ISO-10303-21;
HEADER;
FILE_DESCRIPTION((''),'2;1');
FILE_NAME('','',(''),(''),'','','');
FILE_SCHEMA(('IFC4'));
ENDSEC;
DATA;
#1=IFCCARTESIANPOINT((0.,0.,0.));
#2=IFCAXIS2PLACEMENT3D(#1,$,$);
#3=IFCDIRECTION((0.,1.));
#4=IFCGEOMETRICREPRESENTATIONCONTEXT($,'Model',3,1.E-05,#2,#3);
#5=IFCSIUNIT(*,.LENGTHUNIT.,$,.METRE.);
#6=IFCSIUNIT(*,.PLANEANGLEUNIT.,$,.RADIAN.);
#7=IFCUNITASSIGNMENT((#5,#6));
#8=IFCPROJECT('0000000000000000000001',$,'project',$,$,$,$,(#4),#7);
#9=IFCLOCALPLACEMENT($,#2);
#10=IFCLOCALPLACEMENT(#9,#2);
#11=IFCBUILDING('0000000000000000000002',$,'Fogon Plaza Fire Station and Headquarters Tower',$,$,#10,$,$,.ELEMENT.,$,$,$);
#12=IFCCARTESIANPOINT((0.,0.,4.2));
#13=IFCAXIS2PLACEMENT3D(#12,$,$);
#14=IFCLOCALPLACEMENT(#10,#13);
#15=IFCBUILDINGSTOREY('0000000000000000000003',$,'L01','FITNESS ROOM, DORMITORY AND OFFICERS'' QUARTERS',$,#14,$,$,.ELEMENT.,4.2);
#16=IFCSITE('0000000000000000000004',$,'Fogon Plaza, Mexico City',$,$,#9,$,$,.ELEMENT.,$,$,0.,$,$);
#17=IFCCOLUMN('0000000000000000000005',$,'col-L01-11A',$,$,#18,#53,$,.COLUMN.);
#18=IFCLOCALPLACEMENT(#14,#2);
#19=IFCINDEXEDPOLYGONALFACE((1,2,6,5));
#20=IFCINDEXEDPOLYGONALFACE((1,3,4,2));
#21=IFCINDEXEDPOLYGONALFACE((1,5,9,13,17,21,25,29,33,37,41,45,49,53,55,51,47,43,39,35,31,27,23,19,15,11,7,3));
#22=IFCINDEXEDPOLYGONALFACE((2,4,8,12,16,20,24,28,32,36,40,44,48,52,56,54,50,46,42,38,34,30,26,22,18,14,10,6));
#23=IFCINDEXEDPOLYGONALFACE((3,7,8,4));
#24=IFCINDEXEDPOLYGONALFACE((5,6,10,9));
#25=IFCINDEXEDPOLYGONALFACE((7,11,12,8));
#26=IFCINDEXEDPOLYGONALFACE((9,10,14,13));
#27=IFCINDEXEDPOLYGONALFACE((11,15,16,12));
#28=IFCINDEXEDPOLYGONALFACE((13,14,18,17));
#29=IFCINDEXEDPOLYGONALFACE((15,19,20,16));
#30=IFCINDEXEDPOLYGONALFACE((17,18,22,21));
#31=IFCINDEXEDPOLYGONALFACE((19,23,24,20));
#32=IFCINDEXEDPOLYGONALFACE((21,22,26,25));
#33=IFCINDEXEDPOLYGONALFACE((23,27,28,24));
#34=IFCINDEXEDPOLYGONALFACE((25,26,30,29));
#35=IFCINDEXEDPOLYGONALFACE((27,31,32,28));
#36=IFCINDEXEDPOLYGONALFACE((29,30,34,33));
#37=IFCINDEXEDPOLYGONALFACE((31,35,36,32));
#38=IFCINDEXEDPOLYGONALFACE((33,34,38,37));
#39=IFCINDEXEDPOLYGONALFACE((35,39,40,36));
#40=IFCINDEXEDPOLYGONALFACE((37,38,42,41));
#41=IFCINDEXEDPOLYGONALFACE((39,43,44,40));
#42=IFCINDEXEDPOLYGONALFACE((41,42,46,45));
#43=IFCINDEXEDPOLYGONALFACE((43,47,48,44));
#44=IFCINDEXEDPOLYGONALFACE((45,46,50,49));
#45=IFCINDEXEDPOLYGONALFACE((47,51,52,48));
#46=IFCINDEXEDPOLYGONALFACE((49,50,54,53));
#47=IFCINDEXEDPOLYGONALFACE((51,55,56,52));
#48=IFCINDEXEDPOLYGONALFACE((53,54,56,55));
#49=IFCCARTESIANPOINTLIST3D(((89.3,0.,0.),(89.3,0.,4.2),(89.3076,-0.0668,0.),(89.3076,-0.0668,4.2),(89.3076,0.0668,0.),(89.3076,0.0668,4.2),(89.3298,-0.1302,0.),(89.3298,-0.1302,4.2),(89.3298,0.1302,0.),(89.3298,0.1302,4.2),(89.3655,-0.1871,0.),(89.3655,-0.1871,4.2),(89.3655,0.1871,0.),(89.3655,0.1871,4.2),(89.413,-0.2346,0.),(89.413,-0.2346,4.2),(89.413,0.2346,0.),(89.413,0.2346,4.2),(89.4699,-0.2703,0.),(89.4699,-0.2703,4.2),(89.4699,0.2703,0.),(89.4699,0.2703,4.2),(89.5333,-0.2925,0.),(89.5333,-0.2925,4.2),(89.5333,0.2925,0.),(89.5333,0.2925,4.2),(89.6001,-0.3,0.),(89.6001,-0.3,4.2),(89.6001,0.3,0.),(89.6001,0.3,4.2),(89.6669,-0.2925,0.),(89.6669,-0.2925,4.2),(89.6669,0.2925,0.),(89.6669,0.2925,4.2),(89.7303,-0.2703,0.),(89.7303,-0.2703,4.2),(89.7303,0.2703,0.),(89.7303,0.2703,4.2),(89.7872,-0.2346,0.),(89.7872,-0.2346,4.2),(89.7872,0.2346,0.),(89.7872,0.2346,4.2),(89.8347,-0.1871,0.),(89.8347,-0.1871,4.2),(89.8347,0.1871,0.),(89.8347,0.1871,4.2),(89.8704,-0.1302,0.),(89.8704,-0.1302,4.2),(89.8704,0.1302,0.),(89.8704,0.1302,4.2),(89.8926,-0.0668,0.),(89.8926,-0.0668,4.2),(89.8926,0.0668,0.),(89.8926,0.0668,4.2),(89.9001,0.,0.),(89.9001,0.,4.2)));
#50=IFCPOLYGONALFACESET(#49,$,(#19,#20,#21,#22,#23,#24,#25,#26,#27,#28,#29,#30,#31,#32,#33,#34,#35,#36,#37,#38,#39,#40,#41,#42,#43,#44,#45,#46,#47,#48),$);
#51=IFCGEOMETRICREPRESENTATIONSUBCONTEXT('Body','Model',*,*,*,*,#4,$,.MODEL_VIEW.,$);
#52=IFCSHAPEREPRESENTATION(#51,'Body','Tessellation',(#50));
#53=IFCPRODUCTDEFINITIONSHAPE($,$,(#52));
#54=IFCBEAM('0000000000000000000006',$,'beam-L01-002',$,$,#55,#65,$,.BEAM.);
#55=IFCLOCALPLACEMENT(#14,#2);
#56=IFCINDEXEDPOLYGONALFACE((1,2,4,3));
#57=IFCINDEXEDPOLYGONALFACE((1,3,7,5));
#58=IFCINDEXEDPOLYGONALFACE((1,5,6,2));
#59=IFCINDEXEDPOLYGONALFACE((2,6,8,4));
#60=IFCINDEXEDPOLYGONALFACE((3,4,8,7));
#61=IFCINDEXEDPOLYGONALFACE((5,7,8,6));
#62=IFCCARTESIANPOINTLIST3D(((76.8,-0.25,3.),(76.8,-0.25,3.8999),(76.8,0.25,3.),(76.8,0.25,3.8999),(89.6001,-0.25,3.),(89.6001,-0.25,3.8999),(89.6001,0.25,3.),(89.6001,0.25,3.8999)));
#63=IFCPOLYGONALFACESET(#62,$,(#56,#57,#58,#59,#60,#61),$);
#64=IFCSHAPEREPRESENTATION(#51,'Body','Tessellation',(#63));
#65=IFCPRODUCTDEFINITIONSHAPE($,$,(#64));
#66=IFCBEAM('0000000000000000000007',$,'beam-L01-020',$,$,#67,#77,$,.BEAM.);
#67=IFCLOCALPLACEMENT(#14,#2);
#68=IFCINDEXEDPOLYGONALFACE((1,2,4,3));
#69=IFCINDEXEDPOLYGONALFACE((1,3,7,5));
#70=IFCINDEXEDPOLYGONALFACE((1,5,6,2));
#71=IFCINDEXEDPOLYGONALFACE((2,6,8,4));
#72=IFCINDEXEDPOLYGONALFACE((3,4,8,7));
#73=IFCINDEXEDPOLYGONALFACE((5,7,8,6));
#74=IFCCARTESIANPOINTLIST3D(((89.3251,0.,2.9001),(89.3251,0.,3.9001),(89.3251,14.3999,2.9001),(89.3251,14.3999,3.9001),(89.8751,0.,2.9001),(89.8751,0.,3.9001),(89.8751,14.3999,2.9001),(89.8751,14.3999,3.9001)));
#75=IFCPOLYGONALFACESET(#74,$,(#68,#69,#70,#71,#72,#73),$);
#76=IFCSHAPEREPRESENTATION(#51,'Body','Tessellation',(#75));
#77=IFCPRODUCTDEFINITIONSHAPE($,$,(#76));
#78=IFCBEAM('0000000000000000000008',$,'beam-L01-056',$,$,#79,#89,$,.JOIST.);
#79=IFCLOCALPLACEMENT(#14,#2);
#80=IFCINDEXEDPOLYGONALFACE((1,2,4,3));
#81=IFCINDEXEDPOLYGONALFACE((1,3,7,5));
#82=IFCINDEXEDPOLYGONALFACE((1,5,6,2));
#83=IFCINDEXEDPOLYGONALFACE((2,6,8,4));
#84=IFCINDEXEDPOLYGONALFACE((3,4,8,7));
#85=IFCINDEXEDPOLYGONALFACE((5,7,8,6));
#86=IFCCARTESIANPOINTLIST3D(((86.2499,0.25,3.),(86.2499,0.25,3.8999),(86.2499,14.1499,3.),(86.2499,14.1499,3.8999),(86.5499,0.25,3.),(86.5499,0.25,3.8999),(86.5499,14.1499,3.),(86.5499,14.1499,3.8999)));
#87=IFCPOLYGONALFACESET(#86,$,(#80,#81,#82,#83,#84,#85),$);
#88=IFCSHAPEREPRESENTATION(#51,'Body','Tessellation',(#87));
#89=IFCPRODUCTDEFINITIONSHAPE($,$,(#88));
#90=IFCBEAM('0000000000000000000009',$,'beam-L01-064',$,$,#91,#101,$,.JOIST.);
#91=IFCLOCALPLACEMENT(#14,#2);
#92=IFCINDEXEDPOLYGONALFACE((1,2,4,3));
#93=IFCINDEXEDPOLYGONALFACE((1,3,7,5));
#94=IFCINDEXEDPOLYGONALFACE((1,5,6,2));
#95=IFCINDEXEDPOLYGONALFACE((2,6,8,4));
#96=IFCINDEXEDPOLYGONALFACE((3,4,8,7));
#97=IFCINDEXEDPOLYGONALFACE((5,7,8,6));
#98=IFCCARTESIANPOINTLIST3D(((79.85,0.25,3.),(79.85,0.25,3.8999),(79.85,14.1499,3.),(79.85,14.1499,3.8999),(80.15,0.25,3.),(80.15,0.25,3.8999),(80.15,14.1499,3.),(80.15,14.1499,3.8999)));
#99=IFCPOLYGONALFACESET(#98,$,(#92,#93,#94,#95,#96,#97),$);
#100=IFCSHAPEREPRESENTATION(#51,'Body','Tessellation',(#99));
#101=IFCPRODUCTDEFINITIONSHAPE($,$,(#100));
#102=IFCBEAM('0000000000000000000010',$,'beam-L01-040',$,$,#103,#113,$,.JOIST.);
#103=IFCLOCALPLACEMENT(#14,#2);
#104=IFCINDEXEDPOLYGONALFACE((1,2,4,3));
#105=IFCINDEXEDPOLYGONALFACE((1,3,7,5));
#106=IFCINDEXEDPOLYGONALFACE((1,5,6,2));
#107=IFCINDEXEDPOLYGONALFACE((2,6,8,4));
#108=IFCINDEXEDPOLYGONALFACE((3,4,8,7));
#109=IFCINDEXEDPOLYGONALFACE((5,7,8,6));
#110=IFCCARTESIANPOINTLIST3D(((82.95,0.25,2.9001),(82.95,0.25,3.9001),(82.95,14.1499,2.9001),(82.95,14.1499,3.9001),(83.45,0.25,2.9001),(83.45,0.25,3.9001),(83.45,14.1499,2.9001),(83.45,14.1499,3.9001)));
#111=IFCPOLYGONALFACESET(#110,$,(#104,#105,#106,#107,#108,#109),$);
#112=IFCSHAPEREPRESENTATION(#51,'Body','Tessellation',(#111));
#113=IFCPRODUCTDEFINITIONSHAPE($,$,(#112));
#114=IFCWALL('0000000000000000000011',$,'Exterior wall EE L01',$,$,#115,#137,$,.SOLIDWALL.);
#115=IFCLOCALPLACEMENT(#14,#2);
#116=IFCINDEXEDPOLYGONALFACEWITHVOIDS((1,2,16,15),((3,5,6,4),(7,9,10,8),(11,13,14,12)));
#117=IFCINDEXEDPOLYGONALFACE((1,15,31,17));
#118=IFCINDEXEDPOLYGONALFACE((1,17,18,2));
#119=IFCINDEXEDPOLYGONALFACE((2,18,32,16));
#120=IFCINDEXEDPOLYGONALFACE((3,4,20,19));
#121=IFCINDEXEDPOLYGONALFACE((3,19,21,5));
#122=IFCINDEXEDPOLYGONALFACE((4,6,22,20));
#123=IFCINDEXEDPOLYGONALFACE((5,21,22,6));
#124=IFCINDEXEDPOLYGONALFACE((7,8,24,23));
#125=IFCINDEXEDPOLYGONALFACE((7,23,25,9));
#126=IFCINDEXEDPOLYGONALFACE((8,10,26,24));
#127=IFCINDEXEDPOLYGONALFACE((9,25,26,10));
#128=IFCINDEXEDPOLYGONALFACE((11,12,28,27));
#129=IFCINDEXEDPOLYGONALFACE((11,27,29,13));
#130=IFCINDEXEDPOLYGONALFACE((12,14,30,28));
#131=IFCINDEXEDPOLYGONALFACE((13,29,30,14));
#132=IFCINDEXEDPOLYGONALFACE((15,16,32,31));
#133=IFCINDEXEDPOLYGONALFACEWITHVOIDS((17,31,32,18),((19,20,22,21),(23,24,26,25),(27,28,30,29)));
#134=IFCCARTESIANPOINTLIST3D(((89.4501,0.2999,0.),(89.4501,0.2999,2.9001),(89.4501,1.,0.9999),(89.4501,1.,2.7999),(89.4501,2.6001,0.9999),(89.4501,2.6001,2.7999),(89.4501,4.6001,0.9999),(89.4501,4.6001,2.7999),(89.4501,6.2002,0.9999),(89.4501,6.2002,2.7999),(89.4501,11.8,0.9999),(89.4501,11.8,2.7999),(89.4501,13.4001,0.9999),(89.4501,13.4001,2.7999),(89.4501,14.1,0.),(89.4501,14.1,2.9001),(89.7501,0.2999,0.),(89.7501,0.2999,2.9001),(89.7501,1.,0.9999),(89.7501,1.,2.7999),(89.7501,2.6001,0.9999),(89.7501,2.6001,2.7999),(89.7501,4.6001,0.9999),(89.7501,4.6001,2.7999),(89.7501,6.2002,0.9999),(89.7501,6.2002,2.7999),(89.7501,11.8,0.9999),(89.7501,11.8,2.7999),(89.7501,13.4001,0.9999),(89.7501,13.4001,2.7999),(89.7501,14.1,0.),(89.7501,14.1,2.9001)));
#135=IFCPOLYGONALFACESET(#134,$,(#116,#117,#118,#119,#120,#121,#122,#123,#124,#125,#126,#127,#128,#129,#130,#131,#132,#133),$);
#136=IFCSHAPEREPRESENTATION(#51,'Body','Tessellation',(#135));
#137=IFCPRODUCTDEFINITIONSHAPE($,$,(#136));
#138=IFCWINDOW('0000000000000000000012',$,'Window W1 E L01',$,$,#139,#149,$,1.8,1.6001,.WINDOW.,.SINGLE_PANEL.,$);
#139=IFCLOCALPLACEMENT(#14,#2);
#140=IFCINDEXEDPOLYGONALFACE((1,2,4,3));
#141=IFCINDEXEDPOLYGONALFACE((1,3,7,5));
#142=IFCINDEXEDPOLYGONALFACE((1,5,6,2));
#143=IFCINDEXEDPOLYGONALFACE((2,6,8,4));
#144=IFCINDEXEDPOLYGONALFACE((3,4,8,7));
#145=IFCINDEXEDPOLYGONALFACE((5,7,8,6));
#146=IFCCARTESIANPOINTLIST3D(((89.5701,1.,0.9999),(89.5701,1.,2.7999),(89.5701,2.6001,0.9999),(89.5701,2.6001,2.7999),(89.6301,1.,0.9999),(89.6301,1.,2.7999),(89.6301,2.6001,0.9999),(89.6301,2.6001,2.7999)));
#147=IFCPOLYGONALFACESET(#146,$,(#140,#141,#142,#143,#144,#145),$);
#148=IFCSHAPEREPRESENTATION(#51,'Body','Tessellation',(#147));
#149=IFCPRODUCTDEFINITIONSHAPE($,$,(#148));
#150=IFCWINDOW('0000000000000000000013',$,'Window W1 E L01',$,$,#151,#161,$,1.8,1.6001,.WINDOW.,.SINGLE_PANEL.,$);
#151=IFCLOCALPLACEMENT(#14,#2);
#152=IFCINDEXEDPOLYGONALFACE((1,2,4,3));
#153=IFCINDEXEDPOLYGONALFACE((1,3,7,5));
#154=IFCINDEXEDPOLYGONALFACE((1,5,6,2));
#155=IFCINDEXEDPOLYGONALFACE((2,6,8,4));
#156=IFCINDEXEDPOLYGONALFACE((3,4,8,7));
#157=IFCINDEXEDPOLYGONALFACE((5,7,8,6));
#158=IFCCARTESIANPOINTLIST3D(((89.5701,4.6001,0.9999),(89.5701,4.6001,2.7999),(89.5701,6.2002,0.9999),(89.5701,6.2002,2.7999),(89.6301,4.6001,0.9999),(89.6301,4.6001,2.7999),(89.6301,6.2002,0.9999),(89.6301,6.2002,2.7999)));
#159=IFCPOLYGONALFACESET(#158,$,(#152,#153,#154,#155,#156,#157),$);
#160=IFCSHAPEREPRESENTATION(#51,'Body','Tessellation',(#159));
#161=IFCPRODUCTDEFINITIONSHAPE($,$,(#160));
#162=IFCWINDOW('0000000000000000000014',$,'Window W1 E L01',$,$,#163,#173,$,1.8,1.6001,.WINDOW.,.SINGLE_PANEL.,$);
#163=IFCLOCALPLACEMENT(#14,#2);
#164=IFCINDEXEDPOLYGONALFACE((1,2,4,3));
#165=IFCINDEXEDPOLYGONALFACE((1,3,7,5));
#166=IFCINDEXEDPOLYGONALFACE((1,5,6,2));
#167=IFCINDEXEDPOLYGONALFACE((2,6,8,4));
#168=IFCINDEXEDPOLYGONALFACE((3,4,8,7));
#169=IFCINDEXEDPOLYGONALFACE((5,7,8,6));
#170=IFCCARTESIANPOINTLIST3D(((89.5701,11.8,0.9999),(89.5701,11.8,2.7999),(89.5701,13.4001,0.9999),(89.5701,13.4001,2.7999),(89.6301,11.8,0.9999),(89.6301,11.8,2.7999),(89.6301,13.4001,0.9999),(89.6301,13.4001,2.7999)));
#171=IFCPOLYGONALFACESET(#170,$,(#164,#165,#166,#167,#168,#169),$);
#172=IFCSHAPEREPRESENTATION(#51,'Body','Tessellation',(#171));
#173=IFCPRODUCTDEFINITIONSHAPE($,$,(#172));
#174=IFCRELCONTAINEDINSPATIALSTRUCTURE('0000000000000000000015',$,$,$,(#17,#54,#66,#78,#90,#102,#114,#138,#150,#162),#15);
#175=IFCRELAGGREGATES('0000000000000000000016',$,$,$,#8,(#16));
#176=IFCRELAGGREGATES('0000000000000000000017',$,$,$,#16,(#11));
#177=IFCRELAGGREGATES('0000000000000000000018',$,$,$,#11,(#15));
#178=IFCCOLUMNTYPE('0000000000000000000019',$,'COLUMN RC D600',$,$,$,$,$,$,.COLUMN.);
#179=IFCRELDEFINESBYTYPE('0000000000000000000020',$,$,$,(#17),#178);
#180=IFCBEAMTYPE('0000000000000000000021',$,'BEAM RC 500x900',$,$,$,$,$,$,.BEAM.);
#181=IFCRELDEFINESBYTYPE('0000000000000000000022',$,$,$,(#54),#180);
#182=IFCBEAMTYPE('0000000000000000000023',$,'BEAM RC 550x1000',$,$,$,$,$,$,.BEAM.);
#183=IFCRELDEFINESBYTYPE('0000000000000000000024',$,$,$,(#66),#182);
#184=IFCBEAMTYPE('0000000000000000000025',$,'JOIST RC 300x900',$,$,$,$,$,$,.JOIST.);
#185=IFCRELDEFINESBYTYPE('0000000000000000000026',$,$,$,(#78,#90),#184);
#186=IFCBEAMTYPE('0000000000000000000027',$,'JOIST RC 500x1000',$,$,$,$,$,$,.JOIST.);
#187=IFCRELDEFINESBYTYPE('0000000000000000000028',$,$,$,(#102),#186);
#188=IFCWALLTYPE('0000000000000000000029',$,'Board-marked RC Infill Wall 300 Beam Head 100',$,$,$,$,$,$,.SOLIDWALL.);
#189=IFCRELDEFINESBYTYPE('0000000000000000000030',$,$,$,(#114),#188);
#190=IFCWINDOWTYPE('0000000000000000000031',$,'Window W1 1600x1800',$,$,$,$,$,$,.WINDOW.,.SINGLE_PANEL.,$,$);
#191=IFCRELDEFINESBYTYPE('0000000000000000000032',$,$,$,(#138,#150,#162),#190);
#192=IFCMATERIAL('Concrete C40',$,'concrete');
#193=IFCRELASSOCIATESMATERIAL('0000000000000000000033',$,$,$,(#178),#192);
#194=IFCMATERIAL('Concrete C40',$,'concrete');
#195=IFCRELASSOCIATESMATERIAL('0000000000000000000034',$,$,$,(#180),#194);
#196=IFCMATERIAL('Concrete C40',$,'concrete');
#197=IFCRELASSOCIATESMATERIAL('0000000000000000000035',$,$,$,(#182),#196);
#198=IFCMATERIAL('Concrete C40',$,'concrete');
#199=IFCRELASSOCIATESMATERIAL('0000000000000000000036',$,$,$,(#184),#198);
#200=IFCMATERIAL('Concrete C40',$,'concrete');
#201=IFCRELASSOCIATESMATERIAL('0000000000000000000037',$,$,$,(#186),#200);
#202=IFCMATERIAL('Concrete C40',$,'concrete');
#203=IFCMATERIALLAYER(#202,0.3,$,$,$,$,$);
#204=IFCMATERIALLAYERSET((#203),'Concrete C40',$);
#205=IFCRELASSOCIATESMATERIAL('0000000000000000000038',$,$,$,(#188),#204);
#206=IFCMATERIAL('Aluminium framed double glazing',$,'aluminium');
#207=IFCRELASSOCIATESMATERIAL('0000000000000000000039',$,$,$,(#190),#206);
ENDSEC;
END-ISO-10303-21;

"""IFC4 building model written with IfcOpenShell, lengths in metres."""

from ifc_helpers import new_model, si_unit, direction, frame, frame_2d, origin, origin_2d, place, context, subcontext, project, spatial, rectangle, circle, extrude, material, layer, layer_set, material_profile, profile_set, type_object, element, fill, save


model = new_model("IFC4")

# Units and contexts
model_context = context("Model", 3, precision=1e-05, world=origin(), true_north=direction((0.0, 1.0)))
body_context = subcontext(model_context, "Body", "Model", "MODEL_VIEW")
ifc_project = project(units=[si_unit("LENGTHUNIT", "METRE"), si_unit("PLANEANGLEUNIT", "RADIAN")], contexts=[model_context])

# Site, building, storey
site_placement = place(None, origin())
site = spatial("IfcSite", under=ifc_project, at=site_placement, Name="Fogon Plaza, Mexico City", CompositionType="ELEMENT", RefElevation=0.0)
building_placement = place(site_placement, origin())
building = spatial("IfcBuilding", under=site, at=building_placement, Name="Fogon Plaza Fire Station and Headquarters Tower", CompositionType="ELEMENT")
storey_placement = place(building_placement, frame((0.0, 0.0, 4.2)))
storey = spatial("IfcBuildingStorey", under=building, at=storey_placement, Name="L01", Description="FITNESS ROOM, DORMITORY AND OFFICERS' QUARTERS", CompositionType="ELEMENT", Elevation=4.2)

# Column
ifc_material_1 = material(Name="Concrete C40", Category="concrete")
ifc_material_profile_1 = material_profile(ifc_material_1, circle(Radius=0.3, at=origin_2d()), Name="RC D600")
ifc_profile_set_1 = profile_set([ifc_material_profile_1], Name="Concrete C40")
column_type = type_object("IfcColumnType", Name="COLUMN RC D600", PredefinedType="COLUMN", material=ifc_profile_set_1)
column_placement = place(storey_placement, frame((89.6001, 0.0, 0.0), z_axis=(0.0, 0.0, 1.0), x_axis=(1.0, 0.0, 0.0)))
element("IfcColumn", 1, at=column_placement, inside=storey, type_object=column_type, Name="col-L01-11A", PredefinedType="COLUMN", context=body_context, shape_type="SweptSolid", body=[
    extrude(circle(Radius=0.3, at=origin_2d()), origin(), (0.0, 0.0, 1.0), 4.2),
])

# Beams
ifc_material_2 = material(Name="Concrete C40", Category="concrete")
ifc_material_profile_2 = material_profile(ifc_material_2, rectangle(XDim=0.5, YDim=0.8999, at=origin_2d()), Name="RC 500x900")
ifc_profile_set_2 = profile_set([ifc_material_profile_2], Name="Concrete C40")
beam_type_1 = type_object("IfcBeamType", Name="BEAM RC 500x900", PredefinedType="BEAM", material=ifc_profile_set_2)
beam_1_placement = place(storey_placement, frame((89.6001, 0.0, 3.45), z_axis=(-1.0, 0.0, 0.0), x_axis=(0.0, -1.0, 0.0)))
element("IfcBeam", 2, at=beam_1_placement, inside=storey, type_object=beam_type_1, Name="beam-L01-002", PredefinedType="BEAM", context=body_context, shape_type="SweptSolid", body=[
    extrude(rectangle(XDim=0.5, YDim=0.8999, at=origin_2d()), origin(), (0.0, 0.0, 1.0), 12.8),
])
ifc_material_3 = material(Name="Concrete C40", Category="concrete")
ifc_material_profile_3 = material_profile(ifc_material_3, rectangle(XDim=0.55, YDim=1.0, at=origin_2d()), Name="RC 550x1000")
ifc_profile_set_3 = profile_set([ifc_material_profile_3], Name="Concrete C40")
beam_type_2 = type_object("IfcBeamType", Name="BEAM RC 550x1000", PredefinedType="BEAM", material=ifc_profile_set_3)
beam_2_placement = place(storey_placement, frame((89.6001, 0.0, 3.4001), z_axis=(0.0, 1.0, 0.0), x_axis=(-1.0, 0.0, 0.0)))
element("IfcBeam", 3, at=beam_2_placement, inside=storey, type_object=beam_type_2, Name="beam-L01-020", PredefinedType="BEAM", context=body_context, shape_type="SweptSolid", body=[
    extrude(rectangle(XDim=0.55, YDim=1.0, at=origin_2d()), origin(), (0.0, 0.0, 1.0), 14.3999),
])
ifc_material_4 = material(Name="Concrete C40", Category="concrete")
ifc_material_profile_4 = material_profile(ifc_material_4, rectangle(XDim=0.3, YDim=0.8999, at=origin_2d()), Name="RC 300x900")
ifc_profile_set_4 = profile_set([ifc_material_profile_4], Name="Concrete C40")
beam_type_3 = type_object("IfcBeamType", Name="JOIST RC 300x900", PredefinedType="JOIST", material=ifc_profile_set_4)
for number, where, z_axis, x_axis, name in (
    (4, (86.3999, 0.25, 3.45), (0.0, 1.0, 0.0), (-1.0, 0.0, 0.0), "beam-L01-056"),
    (5, (80.0, 0.25, 3.45), (0.0, 1.0, 0.0), (-1.0, 0.0, 0.0), "beam-L01-064"),
):
    element("IfcBeam", number, at=place(storey_placement, frame(where, z_axis=z_axis, x_axis=x_axis)), inside=storey, type_object=beam_type_3, Name=name, PredefinedType="JOIST", context=body_context, shape_type="SweptSolid", body=[
        extrude(rectangle(XDim=0.3, YDim=0.8999, at=origin_2d()), origin(), (0.0, 0.0, 1.0), 13.8999),
    ])
ifc_material_5 = material(Name="Concrete C40", Category="concrete")
ifc_material_profile_5 = material_profile(ifc_material_5, rectangle(XDim=0.5, YDim=1.0, at=origin_2d()), Name="RC 500x1000")
ifc_profile_set_5 = profile_set([ifc_material_profile_5], Name="Concrete C40")
beam_type_4 = type_object("IfcBeamType", Name="JOIST RC 500x1000", PredefinedType="JOIST", material=ifc_profile_set_5)
beam_3_placement = place(storey_placement, frame((83.2, 0.25, 3.4001), z_axis=(0.0, 1.0, 0.0), x_axis=(-1.0, 0.0, 0.0)))
element("IfcBeam", 6, at=beam_3_placement, inside=storey, type_object=beam_type_4, Name="beam-L01-040", PredefinedType="JOIST", context=body_context, shape_type="SweptSolid", body=[
    extrude(rectangle(XDim=0.5, YDim=1.0, at=origin_2d()), origin(), (0.0, 0.0, 1.0), 13.8999),
])

# Wall, openings, windows
ifc_material_6 = material(Name="Concrete C40", Category="concrete")
ifc_layer_1 = layer(ifc_material_6, 0.3)
ifc_layer_set_1 = layer_set([ifc_layer_1], Name="Concrete C40")
wall_type_1 = type_object("IfcWallType", Name="Board-marked RC Infill Wall 300 Beam Head 100", PredefinedType="SOLIDWALL", material=ifc_layer_set_1)
wall_1_placement = place(storey_placement, frame((89.6001, 0.3, 0.0), z_axis=(0.0, 0.0, 1.0), x_axis=(0.0, 1.0, 0.0)))
wall_1 = element("IfcWall", 7, at=wall_1_placement, inside=storey, type_object=wall_type_1, Name="Exterior wall EE L01", PredefinedType="SOLIDWALL", context=body_context, shape_type="SweptSolid", body=[
    extrude(rectangle(XDim=13.8, YDim=0.3, at=frame_2d((6.8999, 0.0))), origin(), (0.0, 0.0, 1.0), 2.9001),
])
opening_1_placement = place(wall_1_placement, frame((0.7, 0.0, 1.0)))
opening_1 = element("IfcOpeningElement", 8, at=opening_1_placement, cuts=wall_1, PredefinedType="OPENING", context=body_context, shape_type="SweptSolid", body=[
    extrude(rectangle(XDim=1.6001, YDim=1.8, at=frame_2d((0.8, 0.8999))), frame((0.0, 0.1599, 0.0), z_axis=(0.0, -1.0, 0.0), x_axis=(1.0, 0.0, 0.0)), (0.0, 0.0, 1.0), 0.3201),
])
opening_2_placement = place(wall_1_placement, frame((4.3, 0.0, 1.0)))
opening_2 = element("IfcOpeningElement", 9, at=opening_2_placement, cuts=wall_1, PredefinedType="OPENING", context=body_context, shape_type="SweptSolid", body=[
    extrude(rectangle(XDim=1.6001, YDim=1.8, at=frame_2d((0.8, 0.8999))), frame((0.0, 0.1599, 0.0), z_axis=(0.0, -1.0, 0.0), x_axis=(1.0, 0.0, 0.0)), (0.0, 0.0, 1.0), 0.3201),
])
opening_3_placement = place(wall_1_placement, frame((11.5, 0.0, 1.0)))
opening_3 = element("IfcOpeningElement", 10, at=opening_3_placement, cuts=wall_1, PredefinedType="OPENING", context=body_context, shape_type="SweptSolid", body=[
    extrude(rectangle(XDim=1.6001, YDim=1.8, at=frame_2d((0.8, 0.8999))), frame((0.0, 0.1599, 0.0), z_axis=(0.0, -1.0, 0.0), x_axis=(1.0, 0.0, 0.0)), (0.0, 0.0, 1.0), 0.3201),
])
ifc_material_7 = material(Name="Aluminium framed double glazing", Category="aluminium")
window_type = type_object("IfcWindowType", Name="Window W1 1600x1800", PartitioningType="SINGLE_PANEL", PredefinedType="WINDOW", material=ifc_material_7)
window_1_placement = place(opening_1_placement, origin())
window_1 = element("IfcWindow", 11, at=window_1_placement, inside=storey, type_object=window_type, Name="Window W1 E L01", OverallHeight=1.8, OverallWidth=1.6001, PartitioningType="SINGLE_PANEL", PredefinedType="WINDOW", context=body_context, shape_type="SweptSolid", body=[
    extrude(rectangle(XDim=1.6001, YDim=1.8, at=frame_2d((0.8, 0.8999))), frame((0.0, 0.03, 0.0), z_axis=(0.0, -1.0, 0.0), x_axis=(1.0, 0.0, 0.0)), (0.0, 0.0, 1.0), 0.0601),
])
fill(opening_1, window_1)
window_2_placement = place(opening_2_placement, origin())
window_2 = element("IfcWindow", 12, at=window_2_placement, inside=storey, type_object=window_type, Name="Window W1 E L01", OverallHeight=1.8, OverallWidth=1.6001, PartitioningType="SINGLE_PANEL", PredefinedType="WINDOW", context=body_context, shape_type="SweptSolid", body=[
    extrude(rectangle(XDim=1.6001, YDim=1.8, at=frame_2d((0.8, 0.8999))), frame((0.0, 0.03, 0.0), z_axis=(0.0, -1.0, 0.0), x_axis=(1.0, 0.0, 0.0)), (0.0, 0.0, 1.0), 0.0601),
])
fill(opening_2, window_2)
window_3_placement = place(opening_3_placement, origin())
window_3 = element("IfcWindow", 13, at=window_3_placement, inside=storey, type_object=window_type, Name="Window W1 E L01", OverallHeight=1.8, OverallWidth=1.6001, PartitioningType="SINGLE_PANEL", PredefinedType="WINDOW", context=body_context, shape_type="SweptSolid", body=[
    extrude(rectangle(XDim=1.6001, YDim=1.8, at=frame_2d((0.8, 0.8999))), frame((0.0, 0.03, 0.0), z_axis=(0.0, -1.0, 0.0), x_axis=(1.0, 0.0, 0.0)), (0.0, 0.0, 1.0), 0.0601),
])
fill(opening_3, window_3)

save(model, "model.ifc")
